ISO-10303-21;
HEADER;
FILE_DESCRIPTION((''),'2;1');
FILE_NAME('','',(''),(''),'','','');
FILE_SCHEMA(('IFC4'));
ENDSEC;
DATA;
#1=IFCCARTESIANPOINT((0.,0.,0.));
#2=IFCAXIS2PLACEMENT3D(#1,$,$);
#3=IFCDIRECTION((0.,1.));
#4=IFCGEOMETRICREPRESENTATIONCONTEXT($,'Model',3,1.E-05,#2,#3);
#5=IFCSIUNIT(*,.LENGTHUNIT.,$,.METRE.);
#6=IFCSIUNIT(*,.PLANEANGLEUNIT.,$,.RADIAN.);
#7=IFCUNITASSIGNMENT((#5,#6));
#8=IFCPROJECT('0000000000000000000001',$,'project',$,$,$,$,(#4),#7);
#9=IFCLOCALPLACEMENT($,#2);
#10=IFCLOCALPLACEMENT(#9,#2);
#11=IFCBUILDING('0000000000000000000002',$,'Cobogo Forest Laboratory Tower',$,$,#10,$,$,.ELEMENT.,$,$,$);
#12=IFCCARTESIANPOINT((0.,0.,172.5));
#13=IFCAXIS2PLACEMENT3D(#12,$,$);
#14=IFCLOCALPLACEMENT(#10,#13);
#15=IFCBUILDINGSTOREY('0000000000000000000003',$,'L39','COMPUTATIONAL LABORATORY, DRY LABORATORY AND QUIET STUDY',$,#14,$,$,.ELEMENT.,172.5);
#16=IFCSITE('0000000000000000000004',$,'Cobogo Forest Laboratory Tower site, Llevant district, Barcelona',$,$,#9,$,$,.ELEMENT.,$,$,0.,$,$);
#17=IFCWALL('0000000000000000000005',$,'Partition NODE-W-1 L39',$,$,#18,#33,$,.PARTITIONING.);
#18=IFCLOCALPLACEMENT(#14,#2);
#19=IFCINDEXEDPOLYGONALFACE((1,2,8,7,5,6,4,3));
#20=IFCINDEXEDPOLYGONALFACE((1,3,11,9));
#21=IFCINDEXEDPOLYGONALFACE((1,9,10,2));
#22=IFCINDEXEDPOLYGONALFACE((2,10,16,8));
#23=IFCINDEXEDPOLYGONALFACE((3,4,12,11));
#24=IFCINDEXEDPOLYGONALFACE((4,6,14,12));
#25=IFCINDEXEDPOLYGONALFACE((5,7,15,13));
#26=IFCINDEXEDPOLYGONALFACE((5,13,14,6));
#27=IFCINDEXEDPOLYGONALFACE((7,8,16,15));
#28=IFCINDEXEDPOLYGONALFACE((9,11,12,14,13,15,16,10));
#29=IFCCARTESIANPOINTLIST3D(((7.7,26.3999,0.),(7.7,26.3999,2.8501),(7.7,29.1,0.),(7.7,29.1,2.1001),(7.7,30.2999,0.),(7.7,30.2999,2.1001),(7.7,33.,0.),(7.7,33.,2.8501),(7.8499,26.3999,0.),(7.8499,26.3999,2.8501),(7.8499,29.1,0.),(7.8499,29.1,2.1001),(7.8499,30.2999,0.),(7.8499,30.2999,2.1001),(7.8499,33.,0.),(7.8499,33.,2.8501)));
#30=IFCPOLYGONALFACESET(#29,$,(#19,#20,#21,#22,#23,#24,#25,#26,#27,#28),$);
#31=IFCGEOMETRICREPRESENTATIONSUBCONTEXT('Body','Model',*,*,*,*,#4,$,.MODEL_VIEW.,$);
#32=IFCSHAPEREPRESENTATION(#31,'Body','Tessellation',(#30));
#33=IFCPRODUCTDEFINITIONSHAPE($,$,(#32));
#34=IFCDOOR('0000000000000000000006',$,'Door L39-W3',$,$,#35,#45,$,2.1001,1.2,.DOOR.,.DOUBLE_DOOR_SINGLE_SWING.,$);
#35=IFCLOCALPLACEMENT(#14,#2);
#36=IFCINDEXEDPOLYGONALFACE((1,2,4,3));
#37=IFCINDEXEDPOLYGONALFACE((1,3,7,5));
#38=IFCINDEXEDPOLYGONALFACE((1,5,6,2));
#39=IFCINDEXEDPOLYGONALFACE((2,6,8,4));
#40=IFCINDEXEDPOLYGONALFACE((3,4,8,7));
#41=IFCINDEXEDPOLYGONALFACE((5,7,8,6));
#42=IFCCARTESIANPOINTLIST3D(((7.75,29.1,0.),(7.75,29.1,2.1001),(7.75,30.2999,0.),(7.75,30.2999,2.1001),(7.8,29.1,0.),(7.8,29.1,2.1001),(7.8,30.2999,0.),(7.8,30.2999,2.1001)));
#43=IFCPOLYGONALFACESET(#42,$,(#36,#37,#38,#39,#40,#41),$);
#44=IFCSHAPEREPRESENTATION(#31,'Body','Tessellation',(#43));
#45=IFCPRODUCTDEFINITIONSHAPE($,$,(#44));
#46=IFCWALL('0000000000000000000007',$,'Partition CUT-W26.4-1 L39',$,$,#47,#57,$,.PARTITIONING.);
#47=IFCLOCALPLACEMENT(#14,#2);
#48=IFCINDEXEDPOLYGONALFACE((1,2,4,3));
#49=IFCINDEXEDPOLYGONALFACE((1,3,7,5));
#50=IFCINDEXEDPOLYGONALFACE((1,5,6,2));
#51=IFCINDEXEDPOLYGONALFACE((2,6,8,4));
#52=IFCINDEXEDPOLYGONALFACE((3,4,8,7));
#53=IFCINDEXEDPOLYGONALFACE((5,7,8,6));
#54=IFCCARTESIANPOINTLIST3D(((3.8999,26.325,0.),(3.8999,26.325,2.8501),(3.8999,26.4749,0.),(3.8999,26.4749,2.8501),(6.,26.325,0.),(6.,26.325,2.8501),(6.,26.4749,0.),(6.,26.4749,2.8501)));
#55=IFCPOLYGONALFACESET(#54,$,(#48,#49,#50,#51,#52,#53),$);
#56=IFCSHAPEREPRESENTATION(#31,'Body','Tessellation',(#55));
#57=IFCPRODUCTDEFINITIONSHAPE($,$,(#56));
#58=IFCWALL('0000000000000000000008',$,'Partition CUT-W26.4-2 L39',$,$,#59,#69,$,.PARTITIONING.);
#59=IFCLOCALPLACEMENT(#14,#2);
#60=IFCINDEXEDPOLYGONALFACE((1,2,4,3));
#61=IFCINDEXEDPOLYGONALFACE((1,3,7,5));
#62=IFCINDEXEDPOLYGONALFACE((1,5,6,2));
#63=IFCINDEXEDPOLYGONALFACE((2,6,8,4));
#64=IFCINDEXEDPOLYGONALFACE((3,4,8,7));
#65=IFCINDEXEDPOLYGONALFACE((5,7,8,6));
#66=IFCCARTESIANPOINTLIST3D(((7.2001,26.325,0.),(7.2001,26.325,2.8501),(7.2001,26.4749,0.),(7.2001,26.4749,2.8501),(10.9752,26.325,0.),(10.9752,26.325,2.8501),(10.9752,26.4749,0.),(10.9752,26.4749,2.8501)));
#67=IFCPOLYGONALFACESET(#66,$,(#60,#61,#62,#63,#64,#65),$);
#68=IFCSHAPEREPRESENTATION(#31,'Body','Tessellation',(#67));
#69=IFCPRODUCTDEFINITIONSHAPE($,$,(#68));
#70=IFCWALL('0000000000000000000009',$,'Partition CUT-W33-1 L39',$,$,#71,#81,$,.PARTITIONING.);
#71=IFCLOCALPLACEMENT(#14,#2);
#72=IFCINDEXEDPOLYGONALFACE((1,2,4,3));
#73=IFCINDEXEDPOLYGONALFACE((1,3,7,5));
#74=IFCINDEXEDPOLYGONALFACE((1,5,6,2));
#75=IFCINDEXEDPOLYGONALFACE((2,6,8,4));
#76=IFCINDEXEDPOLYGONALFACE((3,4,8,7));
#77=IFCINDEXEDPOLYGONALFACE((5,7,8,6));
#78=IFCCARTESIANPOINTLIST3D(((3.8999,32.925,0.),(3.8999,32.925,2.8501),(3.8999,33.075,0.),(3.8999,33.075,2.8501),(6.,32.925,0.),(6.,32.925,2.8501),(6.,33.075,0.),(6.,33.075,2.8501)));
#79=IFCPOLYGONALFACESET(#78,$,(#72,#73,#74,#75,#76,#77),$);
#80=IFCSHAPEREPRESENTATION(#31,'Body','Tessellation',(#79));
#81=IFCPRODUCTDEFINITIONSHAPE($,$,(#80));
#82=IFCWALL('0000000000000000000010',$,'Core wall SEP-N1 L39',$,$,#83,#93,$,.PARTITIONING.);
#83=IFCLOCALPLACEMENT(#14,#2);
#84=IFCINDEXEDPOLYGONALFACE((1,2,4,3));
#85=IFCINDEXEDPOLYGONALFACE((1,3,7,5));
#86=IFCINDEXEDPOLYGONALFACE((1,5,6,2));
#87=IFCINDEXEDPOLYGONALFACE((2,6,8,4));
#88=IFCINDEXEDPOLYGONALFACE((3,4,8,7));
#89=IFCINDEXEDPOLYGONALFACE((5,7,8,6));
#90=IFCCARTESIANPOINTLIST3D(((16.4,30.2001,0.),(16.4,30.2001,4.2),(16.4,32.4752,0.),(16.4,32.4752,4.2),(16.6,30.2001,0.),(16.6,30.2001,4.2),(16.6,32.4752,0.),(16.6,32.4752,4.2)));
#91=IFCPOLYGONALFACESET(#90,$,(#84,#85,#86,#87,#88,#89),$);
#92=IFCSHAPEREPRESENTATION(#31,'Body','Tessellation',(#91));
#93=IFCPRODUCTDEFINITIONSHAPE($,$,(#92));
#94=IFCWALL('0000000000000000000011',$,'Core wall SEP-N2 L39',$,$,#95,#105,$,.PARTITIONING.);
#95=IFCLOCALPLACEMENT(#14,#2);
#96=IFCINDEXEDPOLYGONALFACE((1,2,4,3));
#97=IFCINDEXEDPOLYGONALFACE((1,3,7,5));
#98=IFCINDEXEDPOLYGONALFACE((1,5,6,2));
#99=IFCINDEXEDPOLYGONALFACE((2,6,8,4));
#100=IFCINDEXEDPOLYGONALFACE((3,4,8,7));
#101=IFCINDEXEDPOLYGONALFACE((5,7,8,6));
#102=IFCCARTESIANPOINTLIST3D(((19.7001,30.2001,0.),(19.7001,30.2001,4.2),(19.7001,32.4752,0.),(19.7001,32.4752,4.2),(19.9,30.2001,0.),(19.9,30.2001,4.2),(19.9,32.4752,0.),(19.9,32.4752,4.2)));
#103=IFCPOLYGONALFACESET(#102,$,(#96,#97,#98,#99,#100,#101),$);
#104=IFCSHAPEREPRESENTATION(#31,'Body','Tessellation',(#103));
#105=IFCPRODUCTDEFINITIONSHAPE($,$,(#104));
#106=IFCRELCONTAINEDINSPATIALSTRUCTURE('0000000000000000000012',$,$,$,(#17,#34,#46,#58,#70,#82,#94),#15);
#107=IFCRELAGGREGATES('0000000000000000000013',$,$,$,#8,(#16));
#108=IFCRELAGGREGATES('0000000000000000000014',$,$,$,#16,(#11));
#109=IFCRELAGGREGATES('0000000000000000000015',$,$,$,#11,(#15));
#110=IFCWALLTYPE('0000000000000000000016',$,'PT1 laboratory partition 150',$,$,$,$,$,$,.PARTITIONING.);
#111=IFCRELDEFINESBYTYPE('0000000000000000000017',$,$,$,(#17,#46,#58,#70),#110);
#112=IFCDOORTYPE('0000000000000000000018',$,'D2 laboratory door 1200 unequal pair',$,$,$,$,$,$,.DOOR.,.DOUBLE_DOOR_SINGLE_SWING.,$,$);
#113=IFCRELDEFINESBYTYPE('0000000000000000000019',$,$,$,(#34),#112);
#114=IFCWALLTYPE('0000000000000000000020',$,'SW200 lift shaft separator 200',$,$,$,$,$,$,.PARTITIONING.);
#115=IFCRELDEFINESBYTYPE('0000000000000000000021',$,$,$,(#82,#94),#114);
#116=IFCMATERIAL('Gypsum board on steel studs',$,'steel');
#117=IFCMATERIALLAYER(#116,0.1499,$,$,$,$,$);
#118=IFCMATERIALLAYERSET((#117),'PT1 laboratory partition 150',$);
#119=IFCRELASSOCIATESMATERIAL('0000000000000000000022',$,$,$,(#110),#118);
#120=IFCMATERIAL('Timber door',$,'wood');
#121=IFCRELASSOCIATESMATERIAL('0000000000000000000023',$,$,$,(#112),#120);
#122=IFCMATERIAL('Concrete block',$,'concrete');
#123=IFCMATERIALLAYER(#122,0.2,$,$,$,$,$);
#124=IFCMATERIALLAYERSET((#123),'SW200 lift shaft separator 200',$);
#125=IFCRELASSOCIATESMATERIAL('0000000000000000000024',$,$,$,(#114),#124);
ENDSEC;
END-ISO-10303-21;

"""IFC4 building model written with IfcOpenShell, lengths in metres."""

from ifc_helpers import new_model, si_unit, direction, frame, frame_2d, origin, place, context, subcontext, project, spatial, rectangle, extrude, material, layer, layer_set, type_object, element, fill, save


model = new_model("IFC4")

# Units and contexts
model_context = context("Model", 3, precision=1e-05, world=origin(), true_north=direction((0.0, 1.0)))
body_context = subcontext(model_context, "Body", "Model", "MODEL_VIEW")
ifc_project = project(units=[si_unit("LENGTHUNIT", "METRE"), si_unit("PLANEANGLEUNIT", "RADIAN")], contexts=[model_context])

# Site, building, storey
site_placement = place(None, origin())
site = spatial("IfcSite", under=ifc_project, at=site_placement, Name="Cobogo Forest Laboratory Tower site, Llevant district, Barcelona", CompositionType="ELEMENT", RefElevation=0.0)
building_placement = place(site_placement, origin())
building = spatial("IfcBuilding", under=site, at=building_placement, Name="Cobogo Forest Laboratory Tower", CompositionType="ELEMENT")
storey_placement = place(building_placement, frame((0.0, 0.0, 172.5)))
storey = spatial("IfcBuildingStorey", under=building, at=storey_placement, Name="L39", Description="COMPUTATIONAL LABORATORY, DRY LABORATORY AND QUIET STUDY", CompositionType="ELEMENT", Elevation=172.5)

# Wall, opening, door
ifc_material_1 = material(Name="Gypsum board on steel studs", Category="steel")
ifc_layer_1 = layer(ifc_material_1, 0.1499)
ifc_layer_set_1 = layer_set([ifc_layer_1], Name="PT1 laboratory partition 150")
wall_type_1 = type_object("IfcWallType", Name="PT1 laboratory partition 150", PredefinedType="PARTITIONING", material=ifc_layer_set_1)
wall_1_placement = place(storey_placement, frame((7.7749, 26.3999, 0.0), z_axis=(0.0, 0.0, 1.0), x_axis=(0.0, 1.0, 0.0)))
wall_1 = element("IfcWall", 1, at=wall_1_placement, inside=storey, type_object=wall_type_1, Name="Partition NODE-W-1 L39", PredefinedType="PARTITIONING", context=body_context, shape_type="SweptSolid", body=[
    extrude(rectangle(XDim=6.6001, YDim=0.1499, at=frame_2d((3.3, 0.0))), origin(), (0.0, 0.0, 1.0), 2.8501),
])
opening_1_placement = place(wall_1_placement, frame((2.7, 0.0, 0.0)))
opening_1 = element("IfcOpeningElement", 2, at=opening_1_placement, cuts=wall_1, PredefinedType="OPENING", context=body_context, shape_type="SweptSolid", body=[
    extrude(rectangle(XDim=1.2, YDim=2.1001, at=frame_2d((0.6001, 1.05))), frame((0.0, 0.085, 0.0), z_axis=(0.0, -1.0, 0.0), x_axis=(1.0, 0.0, 0.0)), (0.0, 0.0, 1.0), 0.1699),
])
ifc_material_2 = material(Name="Timber door", Category="wood")
door_type_1 = type_object("IfcDoorType", Name="D2 laboratory door 1200 unequal pair", OperationType="DOUBLE_DOOR_SINGLE_SWING", PredefinedType="DOOR", material=ifc_material_2)
door_1_placement = place(opening_1_placement, origin())
door_1 = element("IfcDoor", 3, at=door_1_placement, inside=storey, type_object=door_type_1, Name="Door L39-W3", OperationType="DOUBLE_DOOR_SINGLE_SWING", OverallHeight=2.1001, OverallWidth=1.2, PredefinedType="DOOR", context=body_context, shape_type="SweptSolid", body=[
    extrude(rectangle(XDim=1.2, YDim=2.1001, at=frame_2d((0.6001, 1.05))), frame((0.0, 0.0249, 0.0), z_axis=(0.0, -1.0, 0.0), x_axis=(1.0, 0.0, 0.0)), (0.0, 0.0, 1.0), 0.05),
])
fill(opening_1, door_1)

# Walls
wall_2_placement = place(storey_placement, frame((3.8999, 26.3999, 0.0), z_axis=(0.0, 0.0, 1.0), x_axis=(1.0, 0.0, 0.0)))
element("IfcWall", 4, at=wall_2_placement, inside=storey, type_object=wall_type_1, Name="Partition CUT-W26.4-1 L39", PredefinedType="PARTITIONING", context=body_context, shape_type="SweptSolid", body=[
    extrude(rectangle(XDim=2.1001, YDim=0.1499, at=frame_2d((1.05, 0.0))), origin(), (0.0, 0.0, 1.0), 2.8501),
])
wall_3_placement = place(storey_placement, frame((7.2, 26.3999, 0.0), z_axis=(0.0, 0.0, 1.0), x_axis=(1.0, 0.0, 0.0)))
element("IfcWall", 5, at=wall_3_placement, inside=storey, type_object=wall_type_1, Name="Partition CUT-W26.4-2 L39", PredefinedType="PARTITIONING", context=body_context, shape_type="SweptSolid", body=[
    extrude(rectangle(XDim=3.7751, YDim=0.1499, at=frame_2d((1.8877, 0.0))), origin(), (0.0, 0.0, 1.0), 2.8501),
])
wall_4_placement = place(storey_placement, frame((3.8999, 33.0, 0.0), z_axis=(0.0, 0.0, 1.0), x_axis=(1.0, 0.0, 0.0)))
element("IfcWall", 6, at=wall_4_placement, inside=storey, type_object=wall_type_1, Name="Partition CUT-W33-1 L39", PredefinedType="PARTITIONING", context=body_context, shape_type="SweptSolid", body=[
    extrude(rectangle(XDim=2.1001, YDim=0.1499, at=frame_2d((1.05, 0.0))), origin(), (0.0, 0.0, 1.0), 2.8501),
])
ifc_material_3 = material(Name="Concrete block", Category="concrete")
ifc_layer_2 = layer(ifc_material_3, 0.2)
ifc_layer_set_2 = layer_set([ifc_layer_2], Name="SW200 lift shaft separator 200")
wall_type_2 = type_object("IfcWallType", Name="SW200 lift shaft separator 200", PredefinedType="PARTITIONING", material=ifc_layer_set_2)
for number, where, z_axis, x_axis, name in (
    (7, (16.5, 30.2, 0.0), (0.0, 0.0, 1.0), (0.0, 1.0, 0.0), "Core wall SEP-N1 L39"),
    (8, (19.8, 30.2, 0.0), (0.0, 0.0, 1.0), (0.0, 1.0, 0.0), "Core wall SEP-N2 L39"),
):
    element("IfcWall", number, at=place(storey_placement, frame(where, z_axis=z_axis, x_axis=x_axis)), inside=storey, type_object=wall_type_2, Name=name, PredefinedType="PARTITIONING", context=body_context, shape_type="SweptSolid", body=[
        extrude(rectangle(XDim=2.2751, YDim=0.2, at=frame_2d((1.1377, 0.0))), origin(), (0.0, 0.0, 1.0), 4.2),
    ])

save(model, "model.ifc")
